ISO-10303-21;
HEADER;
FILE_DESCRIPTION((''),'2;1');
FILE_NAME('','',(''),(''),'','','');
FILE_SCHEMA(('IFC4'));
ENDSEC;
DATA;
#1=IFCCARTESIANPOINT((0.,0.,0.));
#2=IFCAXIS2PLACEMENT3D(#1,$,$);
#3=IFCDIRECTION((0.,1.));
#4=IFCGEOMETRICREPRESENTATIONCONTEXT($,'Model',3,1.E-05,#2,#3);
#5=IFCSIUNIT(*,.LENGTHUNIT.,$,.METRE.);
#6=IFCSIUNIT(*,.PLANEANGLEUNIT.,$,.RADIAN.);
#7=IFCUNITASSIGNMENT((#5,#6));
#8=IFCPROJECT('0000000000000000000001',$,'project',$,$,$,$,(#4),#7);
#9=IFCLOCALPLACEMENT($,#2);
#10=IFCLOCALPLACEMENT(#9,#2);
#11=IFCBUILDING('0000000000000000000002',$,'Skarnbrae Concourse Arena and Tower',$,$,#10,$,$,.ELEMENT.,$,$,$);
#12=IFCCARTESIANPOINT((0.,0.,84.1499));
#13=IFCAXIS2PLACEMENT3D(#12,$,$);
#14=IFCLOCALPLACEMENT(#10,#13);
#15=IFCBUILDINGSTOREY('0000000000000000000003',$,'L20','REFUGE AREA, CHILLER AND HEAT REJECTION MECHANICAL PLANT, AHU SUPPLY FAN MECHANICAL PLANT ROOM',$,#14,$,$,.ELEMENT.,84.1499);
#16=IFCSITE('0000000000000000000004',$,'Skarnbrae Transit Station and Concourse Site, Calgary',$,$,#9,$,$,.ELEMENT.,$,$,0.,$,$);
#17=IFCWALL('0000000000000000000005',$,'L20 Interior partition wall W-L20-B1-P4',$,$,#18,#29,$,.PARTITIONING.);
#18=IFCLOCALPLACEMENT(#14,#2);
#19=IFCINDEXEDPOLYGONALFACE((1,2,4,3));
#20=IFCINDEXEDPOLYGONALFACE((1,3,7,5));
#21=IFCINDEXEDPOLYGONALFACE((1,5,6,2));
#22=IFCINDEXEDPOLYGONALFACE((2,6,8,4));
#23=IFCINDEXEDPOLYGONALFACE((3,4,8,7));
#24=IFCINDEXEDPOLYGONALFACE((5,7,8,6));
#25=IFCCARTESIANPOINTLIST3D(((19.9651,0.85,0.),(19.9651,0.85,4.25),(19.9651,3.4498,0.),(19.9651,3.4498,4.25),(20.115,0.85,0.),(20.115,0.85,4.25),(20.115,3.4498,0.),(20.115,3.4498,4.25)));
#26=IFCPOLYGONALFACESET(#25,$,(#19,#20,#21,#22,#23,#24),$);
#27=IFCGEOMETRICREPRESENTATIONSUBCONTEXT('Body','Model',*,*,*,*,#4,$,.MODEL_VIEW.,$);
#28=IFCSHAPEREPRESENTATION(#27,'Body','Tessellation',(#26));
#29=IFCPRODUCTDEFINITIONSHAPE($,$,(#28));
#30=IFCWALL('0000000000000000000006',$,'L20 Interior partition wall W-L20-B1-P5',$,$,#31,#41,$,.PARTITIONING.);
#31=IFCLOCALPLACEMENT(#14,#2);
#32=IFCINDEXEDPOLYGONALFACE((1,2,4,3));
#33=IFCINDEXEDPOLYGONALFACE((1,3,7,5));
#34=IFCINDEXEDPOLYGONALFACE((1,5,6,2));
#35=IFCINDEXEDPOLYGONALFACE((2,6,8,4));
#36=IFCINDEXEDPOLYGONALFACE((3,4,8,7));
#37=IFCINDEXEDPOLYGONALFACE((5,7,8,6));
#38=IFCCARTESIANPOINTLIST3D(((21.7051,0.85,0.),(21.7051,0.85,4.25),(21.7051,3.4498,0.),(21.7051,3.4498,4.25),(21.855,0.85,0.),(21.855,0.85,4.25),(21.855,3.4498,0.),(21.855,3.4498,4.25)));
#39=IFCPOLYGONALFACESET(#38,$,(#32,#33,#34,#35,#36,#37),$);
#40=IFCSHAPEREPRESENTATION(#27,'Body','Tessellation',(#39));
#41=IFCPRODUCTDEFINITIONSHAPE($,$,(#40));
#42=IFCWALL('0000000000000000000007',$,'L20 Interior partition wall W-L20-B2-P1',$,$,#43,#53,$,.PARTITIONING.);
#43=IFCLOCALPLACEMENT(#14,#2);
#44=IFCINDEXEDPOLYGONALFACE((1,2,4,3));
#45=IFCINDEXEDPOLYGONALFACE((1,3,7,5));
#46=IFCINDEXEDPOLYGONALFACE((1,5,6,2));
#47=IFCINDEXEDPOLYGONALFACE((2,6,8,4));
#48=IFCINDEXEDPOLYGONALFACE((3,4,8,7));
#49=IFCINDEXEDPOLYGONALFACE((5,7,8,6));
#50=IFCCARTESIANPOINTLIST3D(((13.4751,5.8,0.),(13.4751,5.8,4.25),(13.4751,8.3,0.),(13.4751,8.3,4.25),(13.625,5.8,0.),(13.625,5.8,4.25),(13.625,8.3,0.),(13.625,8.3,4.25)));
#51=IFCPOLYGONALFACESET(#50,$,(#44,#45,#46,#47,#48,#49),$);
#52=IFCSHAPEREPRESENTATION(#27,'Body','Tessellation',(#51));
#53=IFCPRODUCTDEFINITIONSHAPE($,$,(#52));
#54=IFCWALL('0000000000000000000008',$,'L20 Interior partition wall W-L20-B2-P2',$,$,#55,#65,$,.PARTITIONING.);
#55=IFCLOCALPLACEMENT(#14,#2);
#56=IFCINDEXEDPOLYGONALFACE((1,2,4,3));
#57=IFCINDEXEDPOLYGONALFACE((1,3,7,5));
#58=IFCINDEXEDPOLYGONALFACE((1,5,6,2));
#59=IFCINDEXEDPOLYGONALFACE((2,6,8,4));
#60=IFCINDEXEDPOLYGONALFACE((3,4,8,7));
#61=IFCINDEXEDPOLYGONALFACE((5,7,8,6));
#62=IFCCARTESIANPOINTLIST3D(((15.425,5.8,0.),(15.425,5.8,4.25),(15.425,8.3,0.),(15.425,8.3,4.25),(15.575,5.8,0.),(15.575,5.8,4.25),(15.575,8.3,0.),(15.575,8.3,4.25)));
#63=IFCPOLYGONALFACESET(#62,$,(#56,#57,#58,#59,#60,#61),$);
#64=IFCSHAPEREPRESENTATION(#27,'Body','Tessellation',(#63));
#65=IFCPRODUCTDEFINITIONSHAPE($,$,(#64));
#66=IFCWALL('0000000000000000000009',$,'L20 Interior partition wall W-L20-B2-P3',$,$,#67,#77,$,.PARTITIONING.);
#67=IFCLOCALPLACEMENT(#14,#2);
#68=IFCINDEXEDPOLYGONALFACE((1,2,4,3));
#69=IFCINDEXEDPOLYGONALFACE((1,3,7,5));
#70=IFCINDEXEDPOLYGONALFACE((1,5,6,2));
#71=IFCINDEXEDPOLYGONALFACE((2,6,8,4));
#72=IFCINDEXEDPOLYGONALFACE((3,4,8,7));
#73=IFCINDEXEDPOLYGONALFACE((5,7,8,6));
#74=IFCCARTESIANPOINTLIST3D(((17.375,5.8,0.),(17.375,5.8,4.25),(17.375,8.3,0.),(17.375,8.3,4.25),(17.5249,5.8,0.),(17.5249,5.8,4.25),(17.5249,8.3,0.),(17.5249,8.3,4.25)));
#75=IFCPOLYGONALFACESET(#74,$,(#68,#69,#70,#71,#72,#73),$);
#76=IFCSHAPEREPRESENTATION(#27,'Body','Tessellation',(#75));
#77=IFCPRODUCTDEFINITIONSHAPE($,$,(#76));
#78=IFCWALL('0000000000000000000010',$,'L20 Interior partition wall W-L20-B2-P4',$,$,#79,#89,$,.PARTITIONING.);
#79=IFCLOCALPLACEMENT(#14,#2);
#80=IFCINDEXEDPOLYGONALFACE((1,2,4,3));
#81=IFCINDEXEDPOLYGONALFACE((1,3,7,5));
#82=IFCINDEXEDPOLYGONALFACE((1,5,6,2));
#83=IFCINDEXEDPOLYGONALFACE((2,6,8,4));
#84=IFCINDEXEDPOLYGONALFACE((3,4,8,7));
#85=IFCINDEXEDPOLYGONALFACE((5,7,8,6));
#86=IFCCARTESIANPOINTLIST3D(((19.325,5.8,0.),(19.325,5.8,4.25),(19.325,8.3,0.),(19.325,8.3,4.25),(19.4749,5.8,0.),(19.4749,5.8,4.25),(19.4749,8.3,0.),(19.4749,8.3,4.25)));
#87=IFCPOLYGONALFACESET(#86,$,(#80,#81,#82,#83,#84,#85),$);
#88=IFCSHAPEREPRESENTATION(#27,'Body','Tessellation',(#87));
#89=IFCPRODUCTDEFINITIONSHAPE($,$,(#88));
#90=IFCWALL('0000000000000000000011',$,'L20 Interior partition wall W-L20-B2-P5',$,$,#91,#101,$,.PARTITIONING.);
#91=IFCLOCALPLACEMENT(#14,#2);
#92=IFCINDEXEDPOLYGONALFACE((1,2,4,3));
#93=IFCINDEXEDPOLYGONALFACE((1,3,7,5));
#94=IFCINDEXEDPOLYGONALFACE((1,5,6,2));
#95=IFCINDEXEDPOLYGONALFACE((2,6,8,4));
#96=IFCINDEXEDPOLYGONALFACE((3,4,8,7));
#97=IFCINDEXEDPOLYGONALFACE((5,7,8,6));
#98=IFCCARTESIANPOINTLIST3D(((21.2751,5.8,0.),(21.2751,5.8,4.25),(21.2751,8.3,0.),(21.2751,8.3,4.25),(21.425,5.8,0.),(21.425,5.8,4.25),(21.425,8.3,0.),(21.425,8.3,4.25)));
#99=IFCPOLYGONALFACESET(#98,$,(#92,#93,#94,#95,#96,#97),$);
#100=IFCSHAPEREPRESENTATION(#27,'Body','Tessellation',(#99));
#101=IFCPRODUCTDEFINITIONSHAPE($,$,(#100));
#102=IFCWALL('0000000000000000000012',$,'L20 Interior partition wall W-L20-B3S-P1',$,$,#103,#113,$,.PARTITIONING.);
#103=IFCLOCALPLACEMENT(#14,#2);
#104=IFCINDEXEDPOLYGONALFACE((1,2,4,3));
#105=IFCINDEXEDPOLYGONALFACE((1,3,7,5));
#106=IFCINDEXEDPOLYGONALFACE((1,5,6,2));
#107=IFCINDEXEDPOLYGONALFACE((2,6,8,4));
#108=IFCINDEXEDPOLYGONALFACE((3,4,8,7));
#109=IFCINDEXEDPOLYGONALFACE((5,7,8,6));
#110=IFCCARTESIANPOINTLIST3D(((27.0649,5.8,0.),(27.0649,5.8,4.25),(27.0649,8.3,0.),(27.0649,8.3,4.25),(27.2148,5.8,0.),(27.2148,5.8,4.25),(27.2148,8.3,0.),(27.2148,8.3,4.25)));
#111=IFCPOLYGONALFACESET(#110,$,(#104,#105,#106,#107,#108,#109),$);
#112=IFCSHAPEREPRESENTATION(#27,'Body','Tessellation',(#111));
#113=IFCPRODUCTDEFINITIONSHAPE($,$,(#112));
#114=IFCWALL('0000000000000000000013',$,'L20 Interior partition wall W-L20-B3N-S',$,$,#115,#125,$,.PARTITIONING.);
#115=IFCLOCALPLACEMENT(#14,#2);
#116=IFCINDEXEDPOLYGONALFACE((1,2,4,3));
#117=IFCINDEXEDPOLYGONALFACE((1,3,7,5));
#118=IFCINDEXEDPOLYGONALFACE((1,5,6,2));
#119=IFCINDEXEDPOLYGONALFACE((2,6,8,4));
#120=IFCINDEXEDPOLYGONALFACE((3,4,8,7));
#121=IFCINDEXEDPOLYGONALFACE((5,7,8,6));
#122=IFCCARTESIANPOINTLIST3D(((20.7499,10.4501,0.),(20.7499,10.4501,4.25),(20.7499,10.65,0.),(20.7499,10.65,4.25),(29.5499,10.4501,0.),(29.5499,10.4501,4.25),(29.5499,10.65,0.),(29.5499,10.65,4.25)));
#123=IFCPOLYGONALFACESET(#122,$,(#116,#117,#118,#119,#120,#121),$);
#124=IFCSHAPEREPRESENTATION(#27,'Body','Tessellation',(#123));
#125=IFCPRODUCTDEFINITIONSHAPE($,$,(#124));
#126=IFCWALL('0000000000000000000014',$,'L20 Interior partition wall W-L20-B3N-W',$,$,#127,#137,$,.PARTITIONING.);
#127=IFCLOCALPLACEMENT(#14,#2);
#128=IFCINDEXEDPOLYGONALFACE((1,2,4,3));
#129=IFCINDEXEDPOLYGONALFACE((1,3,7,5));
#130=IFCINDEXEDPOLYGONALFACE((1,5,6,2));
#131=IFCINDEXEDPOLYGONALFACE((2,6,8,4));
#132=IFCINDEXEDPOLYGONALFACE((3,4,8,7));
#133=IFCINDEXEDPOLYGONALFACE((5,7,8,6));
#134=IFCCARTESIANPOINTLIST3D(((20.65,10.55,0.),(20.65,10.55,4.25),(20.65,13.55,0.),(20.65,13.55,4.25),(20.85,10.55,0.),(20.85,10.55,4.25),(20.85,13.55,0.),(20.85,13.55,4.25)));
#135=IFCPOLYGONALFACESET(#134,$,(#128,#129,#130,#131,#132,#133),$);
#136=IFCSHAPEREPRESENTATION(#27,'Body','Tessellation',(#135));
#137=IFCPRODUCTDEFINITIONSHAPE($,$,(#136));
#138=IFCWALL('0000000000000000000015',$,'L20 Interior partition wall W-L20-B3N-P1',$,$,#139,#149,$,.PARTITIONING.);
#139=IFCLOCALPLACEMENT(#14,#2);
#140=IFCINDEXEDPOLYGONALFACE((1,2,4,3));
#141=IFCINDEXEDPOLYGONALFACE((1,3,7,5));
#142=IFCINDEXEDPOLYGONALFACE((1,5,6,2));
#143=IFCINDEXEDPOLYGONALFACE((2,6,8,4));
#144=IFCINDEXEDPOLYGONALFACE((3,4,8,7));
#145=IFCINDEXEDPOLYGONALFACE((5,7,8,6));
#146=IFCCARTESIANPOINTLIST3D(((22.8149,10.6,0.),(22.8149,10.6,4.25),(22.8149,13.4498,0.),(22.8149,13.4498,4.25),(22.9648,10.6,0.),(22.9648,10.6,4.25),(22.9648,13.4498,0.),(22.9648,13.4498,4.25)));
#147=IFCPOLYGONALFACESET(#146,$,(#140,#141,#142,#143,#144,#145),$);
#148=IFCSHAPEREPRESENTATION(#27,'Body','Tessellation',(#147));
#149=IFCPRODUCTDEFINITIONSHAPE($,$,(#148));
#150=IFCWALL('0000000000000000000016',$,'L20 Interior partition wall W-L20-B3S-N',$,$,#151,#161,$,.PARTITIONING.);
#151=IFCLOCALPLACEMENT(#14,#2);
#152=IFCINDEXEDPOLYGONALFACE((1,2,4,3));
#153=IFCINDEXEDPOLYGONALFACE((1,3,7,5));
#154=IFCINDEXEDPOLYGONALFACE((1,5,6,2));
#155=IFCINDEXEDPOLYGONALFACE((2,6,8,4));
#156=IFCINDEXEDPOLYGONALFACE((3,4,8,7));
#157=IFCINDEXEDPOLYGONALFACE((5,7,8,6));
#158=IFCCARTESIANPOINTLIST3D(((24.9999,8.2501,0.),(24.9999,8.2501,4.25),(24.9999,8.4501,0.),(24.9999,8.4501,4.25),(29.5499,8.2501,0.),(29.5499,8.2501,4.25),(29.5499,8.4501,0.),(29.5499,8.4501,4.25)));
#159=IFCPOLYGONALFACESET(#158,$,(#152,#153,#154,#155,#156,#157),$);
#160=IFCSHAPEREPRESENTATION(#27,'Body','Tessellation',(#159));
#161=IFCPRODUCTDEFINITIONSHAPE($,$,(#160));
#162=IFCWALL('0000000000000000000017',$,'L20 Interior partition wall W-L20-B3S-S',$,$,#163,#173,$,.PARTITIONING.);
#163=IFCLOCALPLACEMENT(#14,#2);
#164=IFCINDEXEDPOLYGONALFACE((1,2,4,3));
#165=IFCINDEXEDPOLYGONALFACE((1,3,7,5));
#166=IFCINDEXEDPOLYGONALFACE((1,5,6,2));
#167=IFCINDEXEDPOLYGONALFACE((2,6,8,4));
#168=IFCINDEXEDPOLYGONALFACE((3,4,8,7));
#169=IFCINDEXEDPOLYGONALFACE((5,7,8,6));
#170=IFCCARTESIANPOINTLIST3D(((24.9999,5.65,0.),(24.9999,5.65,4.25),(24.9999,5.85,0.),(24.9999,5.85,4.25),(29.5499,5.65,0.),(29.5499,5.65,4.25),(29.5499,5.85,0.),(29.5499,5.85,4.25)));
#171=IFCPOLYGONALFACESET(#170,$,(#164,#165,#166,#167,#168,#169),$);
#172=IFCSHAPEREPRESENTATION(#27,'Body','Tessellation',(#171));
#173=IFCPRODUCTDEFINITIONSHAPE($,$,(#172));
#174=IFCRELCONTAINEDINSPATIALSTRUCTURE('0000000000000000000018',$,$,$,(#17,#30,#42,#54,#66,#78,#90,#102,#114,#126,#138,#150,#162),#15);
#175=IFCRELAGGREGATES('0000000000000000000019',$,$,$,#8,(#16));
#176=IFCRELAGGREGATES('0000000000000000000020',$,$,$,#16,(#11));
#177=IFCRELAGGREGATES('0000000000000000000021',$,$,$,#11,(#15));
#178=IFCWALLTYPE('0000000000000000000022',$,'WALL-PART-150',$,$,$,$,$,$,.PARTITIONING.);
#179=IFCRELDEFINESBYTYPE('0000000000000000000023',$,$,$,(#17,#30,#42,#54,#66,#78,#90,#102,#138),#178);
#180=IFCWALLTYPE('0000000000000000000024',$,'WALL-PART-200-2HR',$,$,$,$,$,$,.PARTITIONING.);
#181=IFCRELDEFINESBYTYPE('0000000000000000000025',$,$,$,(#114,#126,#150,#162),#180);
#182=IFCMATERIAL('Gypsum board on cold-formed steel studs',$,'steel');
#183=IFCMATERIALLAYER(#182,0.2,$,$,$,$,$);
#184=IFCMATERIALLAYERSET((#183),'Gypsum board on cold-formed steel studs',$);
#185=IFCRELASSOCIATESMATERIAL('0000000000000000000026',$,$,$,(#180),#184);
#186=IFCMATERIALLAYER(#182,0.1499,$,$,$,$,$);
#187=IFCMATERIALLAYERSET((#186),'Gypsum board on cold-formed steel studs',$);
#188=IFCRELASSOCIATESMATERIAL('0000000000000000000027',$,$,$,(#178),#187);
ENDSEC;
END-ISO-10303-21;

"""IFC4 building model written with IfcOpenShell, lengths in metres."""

from ifc_helpers import new_model, si_unit, direction, frame, frame_2d, origin, place, context, subcontext, project, spatial, rectangle, extrude, source, transform, mapped, material, layer, layer_set, type_object, element, save


model = new_model("IFC4")

# Units and contexts
model_context = context("Model", 3, precision=1e-05, world=origin(), true_north=direction((0.0, 1.0)))
body_context = subcontext(model_context, "Body", "Model", "MODEL_VIEW")
ifc_project = project(units=[si_unit("LENGTHUNIT", "METRE"), si_unit("PLANEANGLEUNIT", "RADIAN")], contexts=[model_context])

# Site, building, storey
site_placement = place(None, origin())
site = spatial("IfcSite", under=ifc_project, at=site_placement, Name="Skarnbrae Transit Station and Concourse Site, Calgary", CompositionType="ELEMENT", RefElevation=0.0)
building_placement = place(site_placement, origin())
building = spatial("IfcBuilding", under=site, at=building_placement, Name="Skarnbrae Concourse Arena and Tower", CompositionType="ELEMENT")
storey_placement = place(building_placement, frame((0.0, 0.0, 84.1499)))
storey = spatial("IfcBuildingStorey", under=building, at=storey_placement, Name="L20", Description="REFUGE AREA, CHILLER AND HEAT REJECTION MECHANICAL PLANT, AHU SUPPLY FAN MECHANICAL PLANT ROOM", CompositionType="ELEMENT", Elevation=84.1499)

# Shared definitions
ifc_material_1 = material(Name="Gypsum board on cold-formed steel studs", Category="steel")
ifc_layer_1 = layer(ifc_material_1, 0.2)
ifc_layer_set_1 = layer_set([ifc_layer_1], Name="Gypsum board on cold-formed steel studs")
wall_type_1 = type_object("IfcWallType", Name="WALL-PART-200-2HR", PredefinedType="PARTITIONING", material=ifc_layer_set_1)

# Walls
ifc_layer_2 = layer(ifc_material_1, 0.1499)
ifc_layer_set_2 = layer_set([ifc_layer_2], Name="Gypsum board on cold-formed steel studs")
wall_type_2 = type_object("IfcWallType", Name="WALL-PART-150", PredefinedType="PARTITIONING", material=ifc_layer_set_2)
shared_shape_1 = source(origin(), body_context, "Body", "SweptSolid", [
    extrude(rectangle(XDim=2.5999, YDim=0.1499, at=frame_2d((1.2998, 0.0))), origin(), (0.0, 0.0, 1.0), 4.25),
])
for number, where, z_axis, x_axis, name in (
    (1, (20.04, 0.8501, 0.0), (0.0, 0.0, 1.0), (0.0, 1.0, 0.0), "L20 Interior partition wall W-L20-B1-P4"),
    (2, (21.78, 0.8501, 0.0), (0.0, 0.0, 1.0), (0.0, 1.0, 0.0), "L20 Interior partition wall W-L20-B1-P5"),
):
    element("IfcWall", number, at=place(storey_placement, frame(where, z_axis=z_axis, x_axis=x_axis)), inside=storey, type_object=wall_type_2, Name=name, PredefinedType="PARTITIONING", context=body_context, shape_type="MappedRepresentation", body=[
        mapped(shared_shape_1, transform((0.0, 0.0, 0.0))),
    ])
shared_shape_2 = source(origin(), body_context, "Body", "SweptSolid", [
    extrude(rectangle(XDim=2.5, YDim=0.1499, at=frame_2d((1.25, 0.0))), origin(), (0.0, 0.0, 1.0), 4.25),
])
for number, where, z_axis, x_axis, name in (
    (3, (13.55, 5.8, 0.0), (0.0, 0.0, 1.0), (0.0, 1.0, 0.0), "L20 Interior partition wall W-L20-B2-P1"),
    (4, (15.5, 5.8, 0.0), (0.0, 0.0, 1.0), (0.0, 1.0, 0.0), "L20 Interior partition wall W-L20-B2-P2"),
    (5, (17.45, 5.8, 0.0), (0.0, 0.0, 1.0), (0.0, 1.0, 0.0), "L20 Interior partition wall W-L20-B2-P3"),
    (6, (19.3999, 5.8, 0.0), (0.0, 0.0, 1.0), (0.0, 1.0, 0.0), "L20 Interior partition wall W-L20-B2-P4"),
    (7, (21.3501, 5.8, 0.0), (0.0, 0.0, 1.0), (0.0, 1.0, 0.0), "L20 Interior partition wall W-L20-B2-P5"),
    (8, (27.1399, 5.8, 0.0), (0.0, 0.0, 1.0), (0.0, 1.0, 0.0), "L20 Interior partition wall W-L20-B3S-P1"),
):
    element("IfcWall", number, at=place(storey_placement, frame(where, z_axis=z_axis, x_axis=x_axis)), inside=storey, type_object=wall_type_2, Name=name, PredefinedType="PARTITIONING", context=body_context, shape_type="MappedRepresentation", body=[
        mapped(shared_shape_2, transform((0.0, 0.0, 0.0))),
    ])
shared_shape_3 = source(origin(), body_context, "Body", "SweptSolid", [
    extrude(rectangle(XDim=8.8, YDim=0.2, at=frame_2d((4.3999, 0.0))), origin(), (0.0, 0.0, 1.0), 4.25),
])
wall_1_placement = place(storey_placement, frame((20.75, 10.55, 0.0), z_axis=(0.0, 0.0, 1.0), x_axis=(1.0, 0.0, 0.0)))
element("IfcWall", 9, at=wall_1_placement, inside=storey, type_object=wall_type_1, Name="L20 Interior partition wall W-L20-B3N-S", PredefinedType="PARTITIONING", context=body_context, shape_type="MappedRepresentation", body=[
    mapped(shared_shape_3, transform((0.0, 0.0, 0.0))),
])
shared_shape_4 = source(origin(), body_context, "Body", "SweptSolid", [
    extrude(rectangle(XDim=3.0, YDim=0.2, at=frame_2d((1.5, 0.0))), origin(), (0.0, 0.0, 1.0), 4.25),
])
wall_2_placement = place(storey_placement, frame((20.75, 10.55, 0.0), z_axis=(0.0, 0.0, 1.0), x_axis=(0.0, 1.0, 0.0)))
element("IfcWall", 10, at=wall_2_placement, inside=storey, type_object=wall_type_1, Name="L20 Interior partition wall W-L20-B3N-W", PredefinedType="PARTITIONING", context=body_context, shape_type="MappedRepresentation", body=[
    mapped(shared_shape_4, transform((0.0, 0.0, 0.0))),
])
shared_shape_5 = source(origin(), body_context, "Body", "SweptSolid", [
    extrude(rectangle(XDim=2.8499, YDim=0.1499, at=frame_2d((1.4248, 0.0))), origin(), (0.0, 0.0, 1.0), 4.25),
])
wall_3_placement = place(storey_placement, frame((22.8899, 10.6001, 0.0), z_axis=(0.0, 0.0, 1.0), x_axis=(0.0, 1.0, 0.0)))
element("IfcWall", 11, at=wall_3_placement, inside=storey, type_object=wall_type_2, Name="L20 Interior partition wall W-L20-B3N-P1", PredefinedType="PARTITIONING", context=body_context, shape_type="MappedRepresentation", body=[
    mapped(shared_shape_5, transform((0.0, 0.0, 0.0))),
])
shared_shape_6 = source(origin(), body_context, "Body", "SweptSolid", [
    extrude(rectangle(XDim=4.55, YDim=0.2, at=frame_2d((2.2749, 0.0))), origin(), (0.0, 0.0, 1.0), 4.25),
])
for number, where, z_axis, x_axis, name in (
    (12, (25.0, 8.3501, 0.0), (0.0, 0.0, 1.0), (1.0, 0.0, 0.0), "L20 Interior partition wall W-L20-B3S-N"),
    (13, (25.0, 5.75, 0.0), (0.0, 0.0, 1.0), (1.0, 0.0, 0.0), "L20 Interior partition wall W-L20-B3S-S"),
):
    element("IfcWall", number, at=place(storey_placement, frame(where, z_axis=z_axis, x_axis=x_axis)), inside=storey, type_object=wall_type_1, Name=name, PredefinedType="PARTITIONING", context=body_context, shape_type="MappedRepresentation", body=[
        mapped(shared_shape_6, transform((0.0, 0.0, 0.0))),
    ])

save(model, "model.ifc")
